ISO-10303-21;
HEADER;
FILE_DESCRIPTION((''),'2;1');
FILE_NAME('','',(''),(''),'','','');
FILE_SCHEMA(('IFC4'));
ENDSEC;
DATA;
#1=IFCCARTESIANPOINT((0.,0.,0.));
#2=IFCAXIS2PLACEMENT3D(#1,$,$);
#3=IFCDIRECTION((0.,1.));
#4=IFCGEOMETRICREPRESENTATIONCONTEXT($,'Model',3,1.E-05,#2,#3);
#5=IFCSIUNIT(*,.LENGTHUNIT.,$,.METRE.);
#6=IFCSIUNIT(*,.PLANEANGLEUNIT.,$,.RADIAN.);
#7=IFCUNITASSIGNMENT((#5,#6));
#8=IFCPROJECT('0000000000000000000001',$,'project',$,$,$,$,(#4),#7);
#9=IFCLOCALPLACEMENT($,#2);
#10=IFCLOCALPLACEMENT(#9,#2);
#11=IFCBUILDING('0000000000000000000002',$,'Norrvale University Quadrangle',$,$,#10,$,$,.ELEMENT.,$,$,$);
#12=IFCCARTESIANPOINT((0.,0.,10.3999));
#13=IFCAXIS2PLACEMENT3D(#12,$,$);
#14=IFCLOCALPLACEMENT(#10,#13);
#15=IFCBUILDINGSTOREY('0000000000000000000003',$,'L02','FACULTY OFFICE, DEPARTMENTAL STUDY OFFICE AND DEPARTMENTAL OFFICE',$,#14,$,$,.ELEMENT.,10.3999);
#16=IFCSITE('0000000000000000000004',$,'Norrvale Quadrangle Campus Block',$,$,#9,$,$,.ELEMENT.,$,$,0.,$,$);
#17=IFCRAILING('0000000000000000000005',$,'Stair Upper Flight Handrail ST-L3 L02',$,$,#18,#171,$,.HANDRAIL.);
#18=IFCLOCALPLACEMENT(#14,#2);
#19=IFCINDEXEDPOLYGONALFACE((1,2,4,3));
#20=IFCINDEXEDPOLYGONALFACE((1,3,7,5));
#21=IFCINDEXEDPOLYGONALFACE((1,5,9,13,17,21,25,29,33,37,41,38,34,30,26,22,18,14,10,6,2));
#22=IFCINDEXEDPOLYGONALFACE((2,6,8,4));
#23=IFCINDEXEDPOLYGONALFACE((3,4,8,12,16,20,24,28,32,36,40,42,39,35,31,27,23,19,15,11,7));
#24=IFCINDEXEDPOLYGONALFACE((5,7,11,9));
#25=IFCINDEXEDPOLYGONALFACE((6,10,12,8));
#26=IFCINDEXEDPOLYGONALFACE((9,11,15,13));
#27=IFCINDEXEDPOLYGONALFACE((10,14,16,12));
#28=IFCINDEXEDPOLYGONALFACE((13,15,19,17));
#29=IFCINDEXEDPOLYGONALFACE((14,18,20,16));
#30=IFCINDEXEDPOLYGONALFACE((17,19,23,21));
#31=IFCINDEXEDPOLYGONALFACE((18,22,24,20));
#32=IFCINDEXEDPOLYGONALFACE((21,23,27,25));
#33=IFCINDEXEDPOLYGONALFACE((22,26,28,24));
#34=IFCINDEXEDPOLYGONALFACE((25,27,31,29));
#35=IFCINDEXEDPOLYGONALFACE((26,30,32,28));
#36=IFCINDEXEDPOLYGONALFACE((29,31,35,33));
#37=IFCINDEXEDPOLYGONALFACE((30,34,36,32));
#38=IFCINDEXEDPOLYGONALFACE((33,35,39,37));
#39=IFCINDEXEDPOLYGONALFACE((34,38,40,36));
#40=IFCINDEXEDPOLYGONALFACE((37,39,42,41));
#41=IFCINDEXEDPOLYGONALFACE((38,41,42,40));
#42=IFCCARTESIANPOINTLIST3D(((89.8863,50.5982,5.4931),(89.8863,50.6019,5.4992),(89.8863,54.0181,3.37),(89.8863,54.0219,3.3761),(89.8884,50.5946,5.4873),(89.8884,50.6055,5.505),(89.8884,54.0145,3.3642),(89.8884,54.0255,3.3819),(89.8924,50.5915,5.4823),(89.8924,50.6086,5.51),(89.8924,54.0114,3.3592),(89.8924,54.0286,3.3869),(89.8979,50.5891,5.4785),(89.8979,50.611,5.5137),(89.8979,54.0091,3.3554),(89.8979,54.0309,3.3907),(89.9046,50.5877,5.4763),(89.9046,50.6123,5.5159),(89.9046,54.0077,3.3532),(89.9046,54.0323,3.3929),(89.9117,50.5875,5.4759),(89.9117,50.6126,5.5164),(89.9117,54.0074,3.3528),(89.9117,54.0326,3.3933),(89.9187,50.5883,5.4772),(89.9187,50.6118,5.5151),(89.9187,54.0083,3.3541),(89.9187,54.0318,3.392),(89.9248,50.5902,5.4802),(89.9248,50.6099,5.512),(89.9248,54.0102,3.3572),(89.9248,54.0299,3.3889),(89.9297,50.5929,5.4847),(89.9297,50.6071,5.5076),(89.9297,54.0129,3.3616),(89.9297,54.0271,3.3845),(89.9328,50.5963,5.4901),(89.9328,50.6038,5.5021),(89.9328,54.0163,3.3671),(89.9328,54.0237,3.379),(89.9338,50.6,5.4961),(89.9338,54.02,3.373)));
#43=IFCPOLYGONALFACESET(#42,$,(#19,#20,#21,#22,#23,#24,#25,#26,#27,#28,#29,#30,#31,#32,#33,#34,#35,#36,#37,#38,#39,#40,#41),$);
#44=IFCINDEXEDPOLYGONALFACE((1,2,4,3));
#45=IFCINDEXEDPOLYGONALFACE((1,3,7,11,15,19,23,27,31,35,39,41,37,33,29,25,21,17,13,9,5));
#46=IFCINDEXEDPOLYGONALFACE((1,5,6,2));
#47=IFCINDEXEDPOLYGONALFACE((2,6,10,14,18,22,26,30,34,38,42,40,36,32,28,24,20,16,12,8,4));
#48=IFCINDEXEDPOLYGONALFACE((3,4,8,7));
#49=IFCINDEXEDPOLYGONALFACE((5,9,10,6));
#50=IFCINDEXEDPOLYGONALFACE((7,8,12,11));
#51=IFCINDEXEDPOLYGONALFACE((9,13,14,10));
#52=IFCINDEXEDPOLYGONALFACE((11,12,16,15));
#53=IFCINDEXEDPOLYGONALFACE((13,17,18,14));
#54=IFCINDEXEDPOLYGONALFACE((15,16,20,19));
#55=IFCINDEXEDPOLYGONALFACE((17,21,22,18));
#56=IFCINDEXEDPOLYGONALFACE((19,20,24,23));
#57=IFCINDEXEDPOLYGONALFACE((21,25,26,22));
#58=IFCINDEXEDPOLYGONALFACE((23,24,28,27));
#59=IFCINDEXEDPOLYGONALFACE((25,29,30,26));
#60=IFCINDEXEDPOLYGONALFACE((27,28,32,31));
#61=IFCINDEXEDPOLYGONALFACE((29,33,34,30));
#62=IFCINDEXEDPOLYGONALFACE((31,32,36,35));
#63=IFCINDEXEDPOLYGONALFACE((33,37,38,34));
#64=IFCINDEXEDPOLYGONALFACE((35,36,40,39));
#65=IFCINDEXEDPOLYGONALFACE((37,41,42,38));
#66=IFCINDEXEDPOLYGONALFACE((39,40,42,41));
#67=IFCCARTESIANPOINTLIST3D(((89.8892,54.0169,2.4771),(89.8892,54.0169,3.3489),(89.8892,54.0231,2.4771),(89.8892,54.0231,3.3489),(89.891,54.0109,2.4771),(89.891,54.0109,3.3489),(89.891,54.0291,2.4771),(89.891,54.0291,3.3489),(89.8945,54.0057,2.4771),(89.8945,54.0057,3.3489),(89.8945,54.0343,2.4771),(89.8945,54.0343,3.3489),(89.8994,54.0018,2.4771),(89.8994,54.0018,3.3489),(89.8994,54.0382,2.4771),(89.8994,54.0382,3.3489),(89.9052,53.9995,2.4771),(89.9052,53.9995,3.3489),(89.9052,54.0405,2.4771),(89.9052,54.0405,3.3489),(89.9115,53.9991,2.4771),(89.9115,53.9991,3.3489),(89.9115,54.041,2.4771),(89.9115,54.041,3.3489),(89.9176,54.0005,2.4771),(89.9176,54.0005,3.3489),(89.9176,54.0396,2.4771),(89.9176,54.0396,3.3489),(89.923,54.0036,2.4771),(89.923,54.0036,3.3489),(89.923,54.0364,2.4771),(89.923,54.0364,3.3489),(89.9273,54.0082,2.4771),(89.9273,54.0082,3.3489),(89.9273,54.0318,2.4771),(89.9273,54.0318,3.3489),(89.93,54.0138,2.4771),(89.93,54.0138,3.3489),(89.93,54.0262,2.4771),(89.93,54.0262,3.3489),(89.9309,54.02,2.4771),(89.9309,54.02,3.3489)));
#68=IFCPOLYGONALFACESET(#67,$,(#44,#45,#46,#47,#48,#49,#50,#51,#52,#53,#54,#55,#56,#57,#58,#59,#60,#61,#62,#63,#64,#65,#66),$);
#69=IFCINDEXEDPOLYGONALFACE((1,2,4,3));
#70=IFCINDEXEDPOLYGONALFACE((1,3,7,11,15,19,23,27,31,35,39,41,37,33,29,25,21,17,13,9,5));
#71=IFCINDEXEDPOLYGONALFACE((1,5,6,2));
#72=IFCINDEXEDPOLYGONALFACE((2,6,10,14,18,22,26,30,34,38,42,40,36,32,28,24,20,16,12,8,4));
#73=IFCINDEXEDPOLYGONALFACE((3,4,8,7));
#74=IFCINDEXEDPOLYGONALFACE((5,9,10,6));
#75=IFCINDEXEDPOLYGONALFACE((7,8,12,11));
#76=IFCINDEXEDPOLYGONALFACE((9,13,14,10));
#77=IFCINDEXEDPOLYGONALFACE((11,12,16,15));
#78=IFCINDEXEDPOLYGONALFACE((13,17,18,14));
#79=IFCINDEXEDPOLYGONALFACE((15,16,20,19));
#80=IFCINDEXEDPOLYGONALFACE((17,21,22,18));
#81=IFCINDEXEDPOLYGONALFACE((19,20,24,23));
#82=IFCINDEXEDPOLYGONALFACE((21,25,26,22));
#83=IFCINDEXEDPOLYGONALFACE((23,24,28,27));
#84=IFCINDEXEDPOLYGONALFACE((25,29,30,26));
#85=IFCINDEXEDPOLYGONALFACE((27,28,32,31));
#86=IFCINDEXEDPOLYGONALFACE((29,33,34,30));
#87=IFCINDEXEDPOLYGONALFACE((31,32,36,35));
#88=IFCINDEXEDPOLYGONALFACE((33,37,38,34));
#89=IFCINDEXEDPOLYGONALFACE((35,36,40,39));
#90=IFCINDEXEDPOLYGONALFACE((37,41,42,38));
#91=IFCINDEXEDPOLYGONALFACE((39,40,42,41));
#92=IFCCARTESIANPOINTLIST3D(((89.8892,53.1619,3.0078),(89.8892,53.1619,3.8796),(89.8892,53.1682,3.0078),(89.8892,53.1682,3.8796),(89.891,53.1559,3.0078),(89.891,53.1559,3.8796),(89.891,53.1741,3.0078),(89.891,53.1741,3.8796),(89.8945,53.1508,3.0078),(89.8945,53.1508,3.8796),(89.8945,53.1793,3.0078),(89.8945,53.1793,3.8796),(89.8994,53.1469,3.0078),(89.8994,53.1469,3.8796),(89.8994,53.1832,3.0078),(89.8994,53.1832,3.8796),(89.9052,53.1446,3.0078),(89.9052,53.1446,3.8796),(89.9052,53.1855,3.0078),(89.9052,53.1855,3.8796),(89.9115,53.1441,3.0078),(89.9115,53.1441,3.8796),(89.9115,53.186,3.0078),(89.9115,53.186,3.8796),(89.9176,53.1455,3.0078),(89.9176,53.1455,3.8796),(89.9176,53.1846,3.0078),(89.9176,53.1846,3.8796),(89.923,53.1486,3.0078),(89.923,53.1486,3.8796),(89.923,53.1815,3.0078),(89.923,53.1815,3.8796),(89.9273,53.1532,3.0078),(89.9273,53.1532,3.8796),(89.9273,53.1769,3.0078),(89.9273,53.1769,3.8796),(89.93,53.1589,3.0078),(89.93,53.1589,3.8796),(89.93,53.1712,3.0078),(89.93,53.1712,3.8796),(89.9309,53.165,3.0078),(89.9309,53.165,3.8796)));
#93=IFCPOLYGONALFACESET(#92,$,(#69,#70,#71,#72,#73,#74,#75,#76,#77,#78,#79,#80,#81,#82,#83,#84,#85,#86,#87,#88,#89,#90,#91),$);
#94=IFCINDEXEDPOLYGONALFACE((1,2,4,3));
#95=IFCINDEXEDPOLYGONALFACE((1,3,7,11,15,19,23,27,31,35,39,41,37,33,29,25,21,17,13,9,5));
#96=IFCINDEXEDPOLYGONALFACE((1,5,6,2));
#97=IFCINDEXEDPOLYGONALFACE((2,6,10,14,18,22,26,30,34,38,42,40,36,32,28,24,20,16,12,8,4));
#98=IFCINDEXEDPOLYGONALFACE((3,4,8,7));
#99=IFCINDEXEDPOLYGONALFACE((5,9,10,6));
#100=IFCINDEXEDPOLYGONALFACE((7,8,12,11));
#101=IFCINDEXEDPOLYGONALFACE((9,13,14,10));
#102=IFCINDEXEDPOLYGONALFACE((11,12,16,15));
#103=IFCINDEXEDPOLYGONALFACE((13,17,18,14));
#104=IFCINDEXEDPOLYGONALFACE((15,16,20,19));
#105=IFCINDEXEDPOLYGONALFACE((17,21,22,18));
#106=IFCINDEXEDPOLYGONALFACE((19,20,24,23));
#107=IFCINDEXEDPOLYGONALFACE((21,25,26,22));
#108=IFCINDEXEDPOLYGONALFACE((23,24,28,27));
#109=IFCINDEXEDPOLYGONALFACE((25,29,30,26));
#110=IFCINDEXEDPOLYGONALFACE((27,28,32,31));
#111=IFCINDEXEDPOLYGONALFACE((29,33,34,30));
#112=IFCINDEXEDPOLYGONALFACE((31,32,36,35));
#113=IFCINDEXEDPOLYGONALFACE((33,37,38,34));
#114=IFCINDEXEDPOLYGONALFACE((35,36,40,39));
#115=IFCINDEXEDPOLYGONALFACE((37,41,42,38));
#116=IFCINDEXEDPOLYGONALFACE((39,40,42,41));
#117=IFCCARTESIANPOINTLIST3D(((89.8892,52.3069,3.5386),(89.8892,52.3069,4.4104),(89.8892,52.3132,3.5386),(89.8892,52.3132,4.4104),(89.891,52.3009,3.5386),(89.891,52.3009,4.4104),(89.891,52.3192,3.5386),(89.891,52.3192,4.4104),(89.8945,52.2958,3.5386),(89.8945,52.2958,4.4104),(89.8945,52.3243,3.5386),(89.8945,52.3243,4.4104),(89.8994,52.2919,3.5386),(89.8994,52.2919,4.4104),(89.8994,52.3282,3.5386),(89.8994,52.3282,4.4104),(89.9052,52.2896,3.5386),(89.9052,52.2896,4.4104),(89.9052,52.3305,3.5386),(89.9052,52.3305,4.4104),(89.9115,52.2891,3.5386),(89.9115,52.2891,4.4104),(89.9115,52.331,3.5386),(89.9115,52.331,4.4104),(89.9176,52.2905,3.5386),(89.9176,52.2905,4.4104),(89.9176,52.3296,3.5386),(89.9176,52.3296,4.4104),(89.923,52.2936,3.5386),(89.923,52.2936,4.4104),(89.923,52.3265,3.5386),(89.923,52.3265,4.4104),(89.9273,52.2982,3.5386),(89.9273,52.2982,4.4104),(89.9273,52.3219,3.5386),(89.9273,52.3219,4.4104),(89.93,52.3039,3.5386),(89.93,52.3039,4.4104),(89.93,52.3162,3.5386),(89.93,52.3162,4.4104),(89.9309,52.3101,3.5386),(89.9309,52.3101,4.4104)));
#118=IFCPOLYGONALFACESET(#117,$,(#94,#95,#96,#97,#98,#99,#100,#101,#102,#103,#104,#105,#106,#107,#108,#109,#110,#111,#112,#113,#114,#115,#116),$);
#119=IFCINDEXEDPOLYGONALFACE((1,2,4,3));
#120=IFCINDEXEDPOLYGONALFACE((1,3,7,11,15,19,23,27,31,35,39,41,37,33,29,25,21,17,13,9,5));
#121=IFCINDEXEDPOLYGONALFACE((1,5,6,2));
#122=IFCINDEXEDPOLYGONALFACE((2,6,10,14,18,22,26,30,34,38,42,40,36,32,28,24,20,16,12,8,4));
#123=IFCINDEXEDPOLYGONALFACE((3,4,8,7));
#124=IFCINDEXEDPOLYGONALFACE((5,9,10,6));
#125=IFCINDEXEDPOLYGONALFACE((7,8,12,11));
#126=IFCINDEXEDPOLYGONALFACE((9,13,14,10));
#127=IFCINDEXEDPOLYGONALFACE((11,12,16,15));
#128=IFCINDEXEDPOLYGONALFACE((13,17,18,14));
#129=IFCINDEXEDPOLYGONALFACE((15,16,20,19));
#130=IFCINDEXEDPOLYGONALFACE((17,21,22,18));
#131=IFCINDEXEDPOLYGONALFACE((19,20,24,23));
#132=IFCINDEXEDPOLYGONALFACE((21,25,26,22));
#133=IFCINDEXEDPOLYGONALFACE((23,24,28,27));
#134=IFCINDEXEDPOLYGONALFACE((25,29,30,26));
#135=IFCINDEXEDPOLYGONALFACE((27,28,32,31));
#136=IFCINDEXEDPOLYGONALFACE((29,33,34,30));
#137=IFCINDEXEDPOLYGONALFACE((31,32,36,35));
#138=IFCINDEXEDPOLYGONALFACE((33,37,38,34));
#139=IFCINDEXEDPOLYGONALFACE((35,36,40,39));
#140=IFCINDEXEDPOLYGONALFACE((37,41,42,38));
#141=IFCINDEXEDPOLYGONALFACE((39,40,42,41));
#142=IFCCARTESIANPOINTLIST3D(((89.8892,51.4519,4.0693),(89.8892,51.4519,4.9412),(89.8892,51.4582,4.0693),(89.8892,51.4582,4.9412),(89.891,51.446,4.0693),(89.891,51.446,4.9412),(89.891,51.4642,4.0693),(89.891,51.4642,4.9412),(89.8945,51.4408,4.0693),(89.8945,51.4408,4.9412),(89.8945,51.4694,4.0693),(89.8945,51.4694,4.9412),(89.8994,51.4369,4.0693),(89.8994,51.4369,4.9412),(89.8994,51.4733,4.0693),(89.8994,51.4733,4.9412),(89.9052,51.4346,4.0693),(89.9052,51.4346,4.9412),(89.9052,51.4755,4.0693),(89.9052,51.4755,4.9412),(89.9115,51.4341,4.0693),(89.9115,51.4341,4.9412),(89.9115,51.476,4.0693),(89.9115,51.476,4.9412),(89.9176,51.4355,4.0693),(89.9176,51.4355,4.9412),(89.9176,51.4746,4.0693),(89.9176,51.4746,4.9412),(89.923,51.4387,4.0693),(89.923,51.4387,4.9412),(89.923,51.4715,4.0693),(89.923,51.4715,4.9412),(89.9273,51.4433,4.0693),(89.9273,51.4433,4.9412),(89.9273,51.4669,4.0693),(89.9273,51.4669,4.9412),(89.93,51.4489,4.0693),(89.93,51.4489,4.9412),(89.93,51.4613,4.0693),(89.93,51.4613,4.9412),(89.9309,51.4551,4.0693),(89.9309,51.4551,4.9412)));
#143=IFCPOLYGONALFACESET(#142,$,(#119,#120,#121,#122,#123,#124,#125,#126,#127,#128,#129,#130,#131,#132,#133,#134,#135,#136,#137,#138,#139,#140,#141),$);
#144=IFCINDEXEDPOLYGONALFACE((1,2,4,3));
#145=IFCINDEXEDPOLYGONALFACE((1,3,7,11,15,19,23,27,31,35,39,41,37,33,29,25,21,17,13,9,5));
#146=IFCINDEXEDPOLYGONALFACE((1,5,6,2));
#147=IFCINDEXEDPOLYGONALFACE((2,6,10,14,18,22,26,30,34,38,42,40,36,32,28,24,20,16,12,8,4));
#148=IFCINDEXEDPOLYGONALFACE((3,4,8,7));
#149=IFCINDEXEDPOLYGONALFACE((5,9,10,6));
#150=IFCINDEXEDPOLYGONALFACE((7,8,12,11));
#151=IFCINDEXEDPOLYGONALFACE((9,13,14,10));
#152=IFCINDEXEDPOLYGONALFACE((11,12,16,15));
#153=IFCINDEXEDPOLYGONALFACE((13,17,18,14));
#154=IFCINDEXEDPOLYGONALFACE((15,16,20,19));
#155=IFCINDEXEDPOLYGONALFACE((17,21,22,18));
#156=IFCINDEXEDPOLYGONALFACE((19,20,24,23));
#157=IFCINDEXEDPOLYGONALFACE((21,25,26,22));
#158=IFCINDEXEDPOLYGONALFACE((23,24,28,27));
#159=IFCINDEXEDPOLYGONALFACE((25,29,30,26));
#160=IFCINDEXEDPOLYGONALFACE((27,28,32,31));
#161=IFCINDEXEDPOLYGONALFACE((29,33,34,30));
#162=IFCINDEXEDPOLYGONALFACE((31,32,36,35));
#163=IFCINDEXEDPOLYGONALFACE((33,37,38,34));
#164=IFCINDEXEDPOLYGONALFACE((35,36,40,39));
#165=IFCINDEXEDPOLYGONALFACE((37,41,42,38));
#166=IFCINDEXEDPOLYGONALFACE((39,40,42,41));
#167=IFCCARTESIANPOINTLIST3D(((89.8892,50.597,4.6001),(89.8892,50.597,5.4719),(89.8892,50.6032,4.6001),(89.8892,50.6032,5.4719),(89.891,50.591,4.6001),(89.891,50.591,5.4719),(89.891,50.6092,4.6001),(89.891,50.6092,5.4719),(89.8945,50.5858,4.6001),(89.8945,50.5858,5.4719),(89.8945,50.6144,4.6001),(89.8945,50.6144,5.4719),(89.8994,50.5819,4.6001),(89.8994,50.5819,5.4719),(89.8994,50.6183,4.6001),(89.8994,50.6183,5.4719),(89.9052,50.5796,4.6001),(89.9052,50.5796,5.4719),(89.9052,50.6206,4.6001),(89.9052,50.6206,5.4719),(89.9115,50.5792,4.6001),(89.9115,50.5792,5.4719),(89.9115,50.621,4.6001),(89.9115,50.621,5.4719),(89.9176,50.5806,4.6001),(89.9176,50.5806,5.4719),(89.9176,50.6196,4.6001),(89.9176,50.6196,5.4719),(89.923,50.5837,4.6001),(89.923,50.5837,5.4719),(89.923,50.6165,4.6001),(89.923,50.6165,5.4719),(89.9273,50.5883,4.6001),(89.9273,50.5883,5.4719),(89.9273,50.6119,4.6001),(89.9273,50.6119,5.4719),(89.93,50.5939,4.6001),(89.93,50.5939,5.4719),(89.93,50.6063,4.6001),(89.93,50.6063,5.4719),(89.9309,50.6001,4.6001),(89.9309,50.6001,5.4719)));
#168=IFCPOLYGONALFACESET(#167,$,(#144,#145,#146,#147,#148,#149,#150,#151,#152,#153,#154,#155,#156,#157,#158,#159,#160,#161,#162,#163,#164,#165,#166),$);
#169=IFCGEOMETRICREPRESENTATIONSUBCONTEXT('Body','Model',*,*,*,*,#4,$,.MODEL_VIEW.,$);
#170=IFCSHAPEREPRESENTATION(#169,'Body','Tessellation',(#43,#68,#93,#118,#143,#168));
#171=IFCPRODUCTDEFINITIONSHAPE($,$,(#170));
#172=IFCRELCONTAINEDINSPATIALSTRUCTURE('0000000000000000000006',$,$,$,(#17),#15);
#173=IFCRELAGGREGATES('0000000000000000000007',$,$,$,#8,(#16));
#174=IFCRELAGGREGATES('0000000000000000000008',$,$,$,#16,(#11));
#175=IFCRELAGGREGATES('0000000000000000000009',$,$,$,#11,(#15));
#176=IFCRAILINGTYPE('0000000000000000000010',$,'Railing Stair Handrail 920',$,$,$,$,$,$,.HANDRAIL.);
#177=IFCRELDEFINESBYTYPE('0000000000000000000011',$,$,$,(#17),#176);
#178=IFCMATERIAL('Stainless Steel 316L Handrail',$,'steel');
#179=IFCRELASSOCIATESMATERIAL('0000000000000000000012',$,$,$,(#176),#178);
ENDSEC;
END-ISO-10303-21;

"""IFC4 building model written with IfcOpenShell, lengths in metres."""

from ifc_helpers import new_model, si_unit, direction, frame, origin, origin_2d, place, context, subcontext, project, spatial, circle, extrude, material, type_object, element, save


model = new_model("IFC4")

# Units and contexts
model_context = context("Model", 3, precision=1e-05, world=origin(), true_north=direction((0.0, 1.0)))
body_context = subcontext(model_context, "Body", "Model", "MODEL_VIEW")
ifc_project = project(units=[si_unit("LENGTHUNIT", "METRE"), si_unit("PLANEANGLEUNIT", "RADIAN")], contexts=[model_context])

# Site, building, storey
site_placement = place(None, origin())
site = spatial("IfcSite", under=ifc_project, at=site_placement, Name="Norrvale Quadrangle Campus Block", CompositionType="ELEMENT", RefElevation=0.0)
building_placement = place(site_placement, origin())
building = spatial("IfcBuilding", under=site, at=building_placement, Name="Norrvale University Quadrangle", CompositionType="ELEMENT")
storey_placement = place(building_placement, frame((0.0, 0.0, 10.3999)))
storey = spatial("IfcBuildingStorey", under=building, at=storey_placement, Name="L02", Description="FACULTY OFFICE, DEPARTMENTAL STUDY OFFICE AND DEPARTMENTAL OFFICE", CompositionType="ELEMENT", Elevation=10.3999)

# Railing
ifc_material_1 = material(Name="Stainless Steel 316L Handrail", Category="steel")
railing_type_1 = type_object("IfcRailingType", Name="Railing Stair Handrail 920", PredefinedType="HANDRAIL", material=ifc_material_1)
railing_1_placement = place(storey_placement, frame((89.9099, 54.02, 2.4771)))
element("IfcRailing", 1, at=railing_1_placement, inside=storey, type_object=railing_type_1, Name="Stair Upper Flight Handrail ST-L3 L02", PredefinedType="HANDRAIL", context=body_context, shape_type="SweptSolid", body=[
    extrude(circle(Radius=0.0239, at=origin_2d()), frame((0.0, 0.0, 0.896), z_axis=(0.0, -0.849603, 0.527423), x_axis=(1.0, 0.0, 0.0)), (0.0, 0.0, 1.0), 4.0254),
    extrude(circle(Radius=0.021, at=origin_2d()), origin(), (0.0, 0.0, 1.0), 0.8718),
    extrude(circle(Radius=0.021, at=origin_2d()), frame((0.0, -0.855, 0.5308)), (0.0, 0.0, 1.0), 0.8718),
    extrude(circle(Radius=0.021, at=origin_2d()), frame((0.0, -1.71, 1.0615)), (0.0, 0.0, 1.0), 0.8718),
    extrude(circle(Radius=0.021, at=origin_2d()), frame((0.0, -2.5649, 1.5923)), (0.0, 0.0, 1.0), 0.8718),
    extrude(circle(Radius=0.021, at=origin_2d()), frame((0.0, -3.4199, 2.123)), (0.0, 0.0, 1.0), 0.8718),
])

save(model, "model.ifc")
